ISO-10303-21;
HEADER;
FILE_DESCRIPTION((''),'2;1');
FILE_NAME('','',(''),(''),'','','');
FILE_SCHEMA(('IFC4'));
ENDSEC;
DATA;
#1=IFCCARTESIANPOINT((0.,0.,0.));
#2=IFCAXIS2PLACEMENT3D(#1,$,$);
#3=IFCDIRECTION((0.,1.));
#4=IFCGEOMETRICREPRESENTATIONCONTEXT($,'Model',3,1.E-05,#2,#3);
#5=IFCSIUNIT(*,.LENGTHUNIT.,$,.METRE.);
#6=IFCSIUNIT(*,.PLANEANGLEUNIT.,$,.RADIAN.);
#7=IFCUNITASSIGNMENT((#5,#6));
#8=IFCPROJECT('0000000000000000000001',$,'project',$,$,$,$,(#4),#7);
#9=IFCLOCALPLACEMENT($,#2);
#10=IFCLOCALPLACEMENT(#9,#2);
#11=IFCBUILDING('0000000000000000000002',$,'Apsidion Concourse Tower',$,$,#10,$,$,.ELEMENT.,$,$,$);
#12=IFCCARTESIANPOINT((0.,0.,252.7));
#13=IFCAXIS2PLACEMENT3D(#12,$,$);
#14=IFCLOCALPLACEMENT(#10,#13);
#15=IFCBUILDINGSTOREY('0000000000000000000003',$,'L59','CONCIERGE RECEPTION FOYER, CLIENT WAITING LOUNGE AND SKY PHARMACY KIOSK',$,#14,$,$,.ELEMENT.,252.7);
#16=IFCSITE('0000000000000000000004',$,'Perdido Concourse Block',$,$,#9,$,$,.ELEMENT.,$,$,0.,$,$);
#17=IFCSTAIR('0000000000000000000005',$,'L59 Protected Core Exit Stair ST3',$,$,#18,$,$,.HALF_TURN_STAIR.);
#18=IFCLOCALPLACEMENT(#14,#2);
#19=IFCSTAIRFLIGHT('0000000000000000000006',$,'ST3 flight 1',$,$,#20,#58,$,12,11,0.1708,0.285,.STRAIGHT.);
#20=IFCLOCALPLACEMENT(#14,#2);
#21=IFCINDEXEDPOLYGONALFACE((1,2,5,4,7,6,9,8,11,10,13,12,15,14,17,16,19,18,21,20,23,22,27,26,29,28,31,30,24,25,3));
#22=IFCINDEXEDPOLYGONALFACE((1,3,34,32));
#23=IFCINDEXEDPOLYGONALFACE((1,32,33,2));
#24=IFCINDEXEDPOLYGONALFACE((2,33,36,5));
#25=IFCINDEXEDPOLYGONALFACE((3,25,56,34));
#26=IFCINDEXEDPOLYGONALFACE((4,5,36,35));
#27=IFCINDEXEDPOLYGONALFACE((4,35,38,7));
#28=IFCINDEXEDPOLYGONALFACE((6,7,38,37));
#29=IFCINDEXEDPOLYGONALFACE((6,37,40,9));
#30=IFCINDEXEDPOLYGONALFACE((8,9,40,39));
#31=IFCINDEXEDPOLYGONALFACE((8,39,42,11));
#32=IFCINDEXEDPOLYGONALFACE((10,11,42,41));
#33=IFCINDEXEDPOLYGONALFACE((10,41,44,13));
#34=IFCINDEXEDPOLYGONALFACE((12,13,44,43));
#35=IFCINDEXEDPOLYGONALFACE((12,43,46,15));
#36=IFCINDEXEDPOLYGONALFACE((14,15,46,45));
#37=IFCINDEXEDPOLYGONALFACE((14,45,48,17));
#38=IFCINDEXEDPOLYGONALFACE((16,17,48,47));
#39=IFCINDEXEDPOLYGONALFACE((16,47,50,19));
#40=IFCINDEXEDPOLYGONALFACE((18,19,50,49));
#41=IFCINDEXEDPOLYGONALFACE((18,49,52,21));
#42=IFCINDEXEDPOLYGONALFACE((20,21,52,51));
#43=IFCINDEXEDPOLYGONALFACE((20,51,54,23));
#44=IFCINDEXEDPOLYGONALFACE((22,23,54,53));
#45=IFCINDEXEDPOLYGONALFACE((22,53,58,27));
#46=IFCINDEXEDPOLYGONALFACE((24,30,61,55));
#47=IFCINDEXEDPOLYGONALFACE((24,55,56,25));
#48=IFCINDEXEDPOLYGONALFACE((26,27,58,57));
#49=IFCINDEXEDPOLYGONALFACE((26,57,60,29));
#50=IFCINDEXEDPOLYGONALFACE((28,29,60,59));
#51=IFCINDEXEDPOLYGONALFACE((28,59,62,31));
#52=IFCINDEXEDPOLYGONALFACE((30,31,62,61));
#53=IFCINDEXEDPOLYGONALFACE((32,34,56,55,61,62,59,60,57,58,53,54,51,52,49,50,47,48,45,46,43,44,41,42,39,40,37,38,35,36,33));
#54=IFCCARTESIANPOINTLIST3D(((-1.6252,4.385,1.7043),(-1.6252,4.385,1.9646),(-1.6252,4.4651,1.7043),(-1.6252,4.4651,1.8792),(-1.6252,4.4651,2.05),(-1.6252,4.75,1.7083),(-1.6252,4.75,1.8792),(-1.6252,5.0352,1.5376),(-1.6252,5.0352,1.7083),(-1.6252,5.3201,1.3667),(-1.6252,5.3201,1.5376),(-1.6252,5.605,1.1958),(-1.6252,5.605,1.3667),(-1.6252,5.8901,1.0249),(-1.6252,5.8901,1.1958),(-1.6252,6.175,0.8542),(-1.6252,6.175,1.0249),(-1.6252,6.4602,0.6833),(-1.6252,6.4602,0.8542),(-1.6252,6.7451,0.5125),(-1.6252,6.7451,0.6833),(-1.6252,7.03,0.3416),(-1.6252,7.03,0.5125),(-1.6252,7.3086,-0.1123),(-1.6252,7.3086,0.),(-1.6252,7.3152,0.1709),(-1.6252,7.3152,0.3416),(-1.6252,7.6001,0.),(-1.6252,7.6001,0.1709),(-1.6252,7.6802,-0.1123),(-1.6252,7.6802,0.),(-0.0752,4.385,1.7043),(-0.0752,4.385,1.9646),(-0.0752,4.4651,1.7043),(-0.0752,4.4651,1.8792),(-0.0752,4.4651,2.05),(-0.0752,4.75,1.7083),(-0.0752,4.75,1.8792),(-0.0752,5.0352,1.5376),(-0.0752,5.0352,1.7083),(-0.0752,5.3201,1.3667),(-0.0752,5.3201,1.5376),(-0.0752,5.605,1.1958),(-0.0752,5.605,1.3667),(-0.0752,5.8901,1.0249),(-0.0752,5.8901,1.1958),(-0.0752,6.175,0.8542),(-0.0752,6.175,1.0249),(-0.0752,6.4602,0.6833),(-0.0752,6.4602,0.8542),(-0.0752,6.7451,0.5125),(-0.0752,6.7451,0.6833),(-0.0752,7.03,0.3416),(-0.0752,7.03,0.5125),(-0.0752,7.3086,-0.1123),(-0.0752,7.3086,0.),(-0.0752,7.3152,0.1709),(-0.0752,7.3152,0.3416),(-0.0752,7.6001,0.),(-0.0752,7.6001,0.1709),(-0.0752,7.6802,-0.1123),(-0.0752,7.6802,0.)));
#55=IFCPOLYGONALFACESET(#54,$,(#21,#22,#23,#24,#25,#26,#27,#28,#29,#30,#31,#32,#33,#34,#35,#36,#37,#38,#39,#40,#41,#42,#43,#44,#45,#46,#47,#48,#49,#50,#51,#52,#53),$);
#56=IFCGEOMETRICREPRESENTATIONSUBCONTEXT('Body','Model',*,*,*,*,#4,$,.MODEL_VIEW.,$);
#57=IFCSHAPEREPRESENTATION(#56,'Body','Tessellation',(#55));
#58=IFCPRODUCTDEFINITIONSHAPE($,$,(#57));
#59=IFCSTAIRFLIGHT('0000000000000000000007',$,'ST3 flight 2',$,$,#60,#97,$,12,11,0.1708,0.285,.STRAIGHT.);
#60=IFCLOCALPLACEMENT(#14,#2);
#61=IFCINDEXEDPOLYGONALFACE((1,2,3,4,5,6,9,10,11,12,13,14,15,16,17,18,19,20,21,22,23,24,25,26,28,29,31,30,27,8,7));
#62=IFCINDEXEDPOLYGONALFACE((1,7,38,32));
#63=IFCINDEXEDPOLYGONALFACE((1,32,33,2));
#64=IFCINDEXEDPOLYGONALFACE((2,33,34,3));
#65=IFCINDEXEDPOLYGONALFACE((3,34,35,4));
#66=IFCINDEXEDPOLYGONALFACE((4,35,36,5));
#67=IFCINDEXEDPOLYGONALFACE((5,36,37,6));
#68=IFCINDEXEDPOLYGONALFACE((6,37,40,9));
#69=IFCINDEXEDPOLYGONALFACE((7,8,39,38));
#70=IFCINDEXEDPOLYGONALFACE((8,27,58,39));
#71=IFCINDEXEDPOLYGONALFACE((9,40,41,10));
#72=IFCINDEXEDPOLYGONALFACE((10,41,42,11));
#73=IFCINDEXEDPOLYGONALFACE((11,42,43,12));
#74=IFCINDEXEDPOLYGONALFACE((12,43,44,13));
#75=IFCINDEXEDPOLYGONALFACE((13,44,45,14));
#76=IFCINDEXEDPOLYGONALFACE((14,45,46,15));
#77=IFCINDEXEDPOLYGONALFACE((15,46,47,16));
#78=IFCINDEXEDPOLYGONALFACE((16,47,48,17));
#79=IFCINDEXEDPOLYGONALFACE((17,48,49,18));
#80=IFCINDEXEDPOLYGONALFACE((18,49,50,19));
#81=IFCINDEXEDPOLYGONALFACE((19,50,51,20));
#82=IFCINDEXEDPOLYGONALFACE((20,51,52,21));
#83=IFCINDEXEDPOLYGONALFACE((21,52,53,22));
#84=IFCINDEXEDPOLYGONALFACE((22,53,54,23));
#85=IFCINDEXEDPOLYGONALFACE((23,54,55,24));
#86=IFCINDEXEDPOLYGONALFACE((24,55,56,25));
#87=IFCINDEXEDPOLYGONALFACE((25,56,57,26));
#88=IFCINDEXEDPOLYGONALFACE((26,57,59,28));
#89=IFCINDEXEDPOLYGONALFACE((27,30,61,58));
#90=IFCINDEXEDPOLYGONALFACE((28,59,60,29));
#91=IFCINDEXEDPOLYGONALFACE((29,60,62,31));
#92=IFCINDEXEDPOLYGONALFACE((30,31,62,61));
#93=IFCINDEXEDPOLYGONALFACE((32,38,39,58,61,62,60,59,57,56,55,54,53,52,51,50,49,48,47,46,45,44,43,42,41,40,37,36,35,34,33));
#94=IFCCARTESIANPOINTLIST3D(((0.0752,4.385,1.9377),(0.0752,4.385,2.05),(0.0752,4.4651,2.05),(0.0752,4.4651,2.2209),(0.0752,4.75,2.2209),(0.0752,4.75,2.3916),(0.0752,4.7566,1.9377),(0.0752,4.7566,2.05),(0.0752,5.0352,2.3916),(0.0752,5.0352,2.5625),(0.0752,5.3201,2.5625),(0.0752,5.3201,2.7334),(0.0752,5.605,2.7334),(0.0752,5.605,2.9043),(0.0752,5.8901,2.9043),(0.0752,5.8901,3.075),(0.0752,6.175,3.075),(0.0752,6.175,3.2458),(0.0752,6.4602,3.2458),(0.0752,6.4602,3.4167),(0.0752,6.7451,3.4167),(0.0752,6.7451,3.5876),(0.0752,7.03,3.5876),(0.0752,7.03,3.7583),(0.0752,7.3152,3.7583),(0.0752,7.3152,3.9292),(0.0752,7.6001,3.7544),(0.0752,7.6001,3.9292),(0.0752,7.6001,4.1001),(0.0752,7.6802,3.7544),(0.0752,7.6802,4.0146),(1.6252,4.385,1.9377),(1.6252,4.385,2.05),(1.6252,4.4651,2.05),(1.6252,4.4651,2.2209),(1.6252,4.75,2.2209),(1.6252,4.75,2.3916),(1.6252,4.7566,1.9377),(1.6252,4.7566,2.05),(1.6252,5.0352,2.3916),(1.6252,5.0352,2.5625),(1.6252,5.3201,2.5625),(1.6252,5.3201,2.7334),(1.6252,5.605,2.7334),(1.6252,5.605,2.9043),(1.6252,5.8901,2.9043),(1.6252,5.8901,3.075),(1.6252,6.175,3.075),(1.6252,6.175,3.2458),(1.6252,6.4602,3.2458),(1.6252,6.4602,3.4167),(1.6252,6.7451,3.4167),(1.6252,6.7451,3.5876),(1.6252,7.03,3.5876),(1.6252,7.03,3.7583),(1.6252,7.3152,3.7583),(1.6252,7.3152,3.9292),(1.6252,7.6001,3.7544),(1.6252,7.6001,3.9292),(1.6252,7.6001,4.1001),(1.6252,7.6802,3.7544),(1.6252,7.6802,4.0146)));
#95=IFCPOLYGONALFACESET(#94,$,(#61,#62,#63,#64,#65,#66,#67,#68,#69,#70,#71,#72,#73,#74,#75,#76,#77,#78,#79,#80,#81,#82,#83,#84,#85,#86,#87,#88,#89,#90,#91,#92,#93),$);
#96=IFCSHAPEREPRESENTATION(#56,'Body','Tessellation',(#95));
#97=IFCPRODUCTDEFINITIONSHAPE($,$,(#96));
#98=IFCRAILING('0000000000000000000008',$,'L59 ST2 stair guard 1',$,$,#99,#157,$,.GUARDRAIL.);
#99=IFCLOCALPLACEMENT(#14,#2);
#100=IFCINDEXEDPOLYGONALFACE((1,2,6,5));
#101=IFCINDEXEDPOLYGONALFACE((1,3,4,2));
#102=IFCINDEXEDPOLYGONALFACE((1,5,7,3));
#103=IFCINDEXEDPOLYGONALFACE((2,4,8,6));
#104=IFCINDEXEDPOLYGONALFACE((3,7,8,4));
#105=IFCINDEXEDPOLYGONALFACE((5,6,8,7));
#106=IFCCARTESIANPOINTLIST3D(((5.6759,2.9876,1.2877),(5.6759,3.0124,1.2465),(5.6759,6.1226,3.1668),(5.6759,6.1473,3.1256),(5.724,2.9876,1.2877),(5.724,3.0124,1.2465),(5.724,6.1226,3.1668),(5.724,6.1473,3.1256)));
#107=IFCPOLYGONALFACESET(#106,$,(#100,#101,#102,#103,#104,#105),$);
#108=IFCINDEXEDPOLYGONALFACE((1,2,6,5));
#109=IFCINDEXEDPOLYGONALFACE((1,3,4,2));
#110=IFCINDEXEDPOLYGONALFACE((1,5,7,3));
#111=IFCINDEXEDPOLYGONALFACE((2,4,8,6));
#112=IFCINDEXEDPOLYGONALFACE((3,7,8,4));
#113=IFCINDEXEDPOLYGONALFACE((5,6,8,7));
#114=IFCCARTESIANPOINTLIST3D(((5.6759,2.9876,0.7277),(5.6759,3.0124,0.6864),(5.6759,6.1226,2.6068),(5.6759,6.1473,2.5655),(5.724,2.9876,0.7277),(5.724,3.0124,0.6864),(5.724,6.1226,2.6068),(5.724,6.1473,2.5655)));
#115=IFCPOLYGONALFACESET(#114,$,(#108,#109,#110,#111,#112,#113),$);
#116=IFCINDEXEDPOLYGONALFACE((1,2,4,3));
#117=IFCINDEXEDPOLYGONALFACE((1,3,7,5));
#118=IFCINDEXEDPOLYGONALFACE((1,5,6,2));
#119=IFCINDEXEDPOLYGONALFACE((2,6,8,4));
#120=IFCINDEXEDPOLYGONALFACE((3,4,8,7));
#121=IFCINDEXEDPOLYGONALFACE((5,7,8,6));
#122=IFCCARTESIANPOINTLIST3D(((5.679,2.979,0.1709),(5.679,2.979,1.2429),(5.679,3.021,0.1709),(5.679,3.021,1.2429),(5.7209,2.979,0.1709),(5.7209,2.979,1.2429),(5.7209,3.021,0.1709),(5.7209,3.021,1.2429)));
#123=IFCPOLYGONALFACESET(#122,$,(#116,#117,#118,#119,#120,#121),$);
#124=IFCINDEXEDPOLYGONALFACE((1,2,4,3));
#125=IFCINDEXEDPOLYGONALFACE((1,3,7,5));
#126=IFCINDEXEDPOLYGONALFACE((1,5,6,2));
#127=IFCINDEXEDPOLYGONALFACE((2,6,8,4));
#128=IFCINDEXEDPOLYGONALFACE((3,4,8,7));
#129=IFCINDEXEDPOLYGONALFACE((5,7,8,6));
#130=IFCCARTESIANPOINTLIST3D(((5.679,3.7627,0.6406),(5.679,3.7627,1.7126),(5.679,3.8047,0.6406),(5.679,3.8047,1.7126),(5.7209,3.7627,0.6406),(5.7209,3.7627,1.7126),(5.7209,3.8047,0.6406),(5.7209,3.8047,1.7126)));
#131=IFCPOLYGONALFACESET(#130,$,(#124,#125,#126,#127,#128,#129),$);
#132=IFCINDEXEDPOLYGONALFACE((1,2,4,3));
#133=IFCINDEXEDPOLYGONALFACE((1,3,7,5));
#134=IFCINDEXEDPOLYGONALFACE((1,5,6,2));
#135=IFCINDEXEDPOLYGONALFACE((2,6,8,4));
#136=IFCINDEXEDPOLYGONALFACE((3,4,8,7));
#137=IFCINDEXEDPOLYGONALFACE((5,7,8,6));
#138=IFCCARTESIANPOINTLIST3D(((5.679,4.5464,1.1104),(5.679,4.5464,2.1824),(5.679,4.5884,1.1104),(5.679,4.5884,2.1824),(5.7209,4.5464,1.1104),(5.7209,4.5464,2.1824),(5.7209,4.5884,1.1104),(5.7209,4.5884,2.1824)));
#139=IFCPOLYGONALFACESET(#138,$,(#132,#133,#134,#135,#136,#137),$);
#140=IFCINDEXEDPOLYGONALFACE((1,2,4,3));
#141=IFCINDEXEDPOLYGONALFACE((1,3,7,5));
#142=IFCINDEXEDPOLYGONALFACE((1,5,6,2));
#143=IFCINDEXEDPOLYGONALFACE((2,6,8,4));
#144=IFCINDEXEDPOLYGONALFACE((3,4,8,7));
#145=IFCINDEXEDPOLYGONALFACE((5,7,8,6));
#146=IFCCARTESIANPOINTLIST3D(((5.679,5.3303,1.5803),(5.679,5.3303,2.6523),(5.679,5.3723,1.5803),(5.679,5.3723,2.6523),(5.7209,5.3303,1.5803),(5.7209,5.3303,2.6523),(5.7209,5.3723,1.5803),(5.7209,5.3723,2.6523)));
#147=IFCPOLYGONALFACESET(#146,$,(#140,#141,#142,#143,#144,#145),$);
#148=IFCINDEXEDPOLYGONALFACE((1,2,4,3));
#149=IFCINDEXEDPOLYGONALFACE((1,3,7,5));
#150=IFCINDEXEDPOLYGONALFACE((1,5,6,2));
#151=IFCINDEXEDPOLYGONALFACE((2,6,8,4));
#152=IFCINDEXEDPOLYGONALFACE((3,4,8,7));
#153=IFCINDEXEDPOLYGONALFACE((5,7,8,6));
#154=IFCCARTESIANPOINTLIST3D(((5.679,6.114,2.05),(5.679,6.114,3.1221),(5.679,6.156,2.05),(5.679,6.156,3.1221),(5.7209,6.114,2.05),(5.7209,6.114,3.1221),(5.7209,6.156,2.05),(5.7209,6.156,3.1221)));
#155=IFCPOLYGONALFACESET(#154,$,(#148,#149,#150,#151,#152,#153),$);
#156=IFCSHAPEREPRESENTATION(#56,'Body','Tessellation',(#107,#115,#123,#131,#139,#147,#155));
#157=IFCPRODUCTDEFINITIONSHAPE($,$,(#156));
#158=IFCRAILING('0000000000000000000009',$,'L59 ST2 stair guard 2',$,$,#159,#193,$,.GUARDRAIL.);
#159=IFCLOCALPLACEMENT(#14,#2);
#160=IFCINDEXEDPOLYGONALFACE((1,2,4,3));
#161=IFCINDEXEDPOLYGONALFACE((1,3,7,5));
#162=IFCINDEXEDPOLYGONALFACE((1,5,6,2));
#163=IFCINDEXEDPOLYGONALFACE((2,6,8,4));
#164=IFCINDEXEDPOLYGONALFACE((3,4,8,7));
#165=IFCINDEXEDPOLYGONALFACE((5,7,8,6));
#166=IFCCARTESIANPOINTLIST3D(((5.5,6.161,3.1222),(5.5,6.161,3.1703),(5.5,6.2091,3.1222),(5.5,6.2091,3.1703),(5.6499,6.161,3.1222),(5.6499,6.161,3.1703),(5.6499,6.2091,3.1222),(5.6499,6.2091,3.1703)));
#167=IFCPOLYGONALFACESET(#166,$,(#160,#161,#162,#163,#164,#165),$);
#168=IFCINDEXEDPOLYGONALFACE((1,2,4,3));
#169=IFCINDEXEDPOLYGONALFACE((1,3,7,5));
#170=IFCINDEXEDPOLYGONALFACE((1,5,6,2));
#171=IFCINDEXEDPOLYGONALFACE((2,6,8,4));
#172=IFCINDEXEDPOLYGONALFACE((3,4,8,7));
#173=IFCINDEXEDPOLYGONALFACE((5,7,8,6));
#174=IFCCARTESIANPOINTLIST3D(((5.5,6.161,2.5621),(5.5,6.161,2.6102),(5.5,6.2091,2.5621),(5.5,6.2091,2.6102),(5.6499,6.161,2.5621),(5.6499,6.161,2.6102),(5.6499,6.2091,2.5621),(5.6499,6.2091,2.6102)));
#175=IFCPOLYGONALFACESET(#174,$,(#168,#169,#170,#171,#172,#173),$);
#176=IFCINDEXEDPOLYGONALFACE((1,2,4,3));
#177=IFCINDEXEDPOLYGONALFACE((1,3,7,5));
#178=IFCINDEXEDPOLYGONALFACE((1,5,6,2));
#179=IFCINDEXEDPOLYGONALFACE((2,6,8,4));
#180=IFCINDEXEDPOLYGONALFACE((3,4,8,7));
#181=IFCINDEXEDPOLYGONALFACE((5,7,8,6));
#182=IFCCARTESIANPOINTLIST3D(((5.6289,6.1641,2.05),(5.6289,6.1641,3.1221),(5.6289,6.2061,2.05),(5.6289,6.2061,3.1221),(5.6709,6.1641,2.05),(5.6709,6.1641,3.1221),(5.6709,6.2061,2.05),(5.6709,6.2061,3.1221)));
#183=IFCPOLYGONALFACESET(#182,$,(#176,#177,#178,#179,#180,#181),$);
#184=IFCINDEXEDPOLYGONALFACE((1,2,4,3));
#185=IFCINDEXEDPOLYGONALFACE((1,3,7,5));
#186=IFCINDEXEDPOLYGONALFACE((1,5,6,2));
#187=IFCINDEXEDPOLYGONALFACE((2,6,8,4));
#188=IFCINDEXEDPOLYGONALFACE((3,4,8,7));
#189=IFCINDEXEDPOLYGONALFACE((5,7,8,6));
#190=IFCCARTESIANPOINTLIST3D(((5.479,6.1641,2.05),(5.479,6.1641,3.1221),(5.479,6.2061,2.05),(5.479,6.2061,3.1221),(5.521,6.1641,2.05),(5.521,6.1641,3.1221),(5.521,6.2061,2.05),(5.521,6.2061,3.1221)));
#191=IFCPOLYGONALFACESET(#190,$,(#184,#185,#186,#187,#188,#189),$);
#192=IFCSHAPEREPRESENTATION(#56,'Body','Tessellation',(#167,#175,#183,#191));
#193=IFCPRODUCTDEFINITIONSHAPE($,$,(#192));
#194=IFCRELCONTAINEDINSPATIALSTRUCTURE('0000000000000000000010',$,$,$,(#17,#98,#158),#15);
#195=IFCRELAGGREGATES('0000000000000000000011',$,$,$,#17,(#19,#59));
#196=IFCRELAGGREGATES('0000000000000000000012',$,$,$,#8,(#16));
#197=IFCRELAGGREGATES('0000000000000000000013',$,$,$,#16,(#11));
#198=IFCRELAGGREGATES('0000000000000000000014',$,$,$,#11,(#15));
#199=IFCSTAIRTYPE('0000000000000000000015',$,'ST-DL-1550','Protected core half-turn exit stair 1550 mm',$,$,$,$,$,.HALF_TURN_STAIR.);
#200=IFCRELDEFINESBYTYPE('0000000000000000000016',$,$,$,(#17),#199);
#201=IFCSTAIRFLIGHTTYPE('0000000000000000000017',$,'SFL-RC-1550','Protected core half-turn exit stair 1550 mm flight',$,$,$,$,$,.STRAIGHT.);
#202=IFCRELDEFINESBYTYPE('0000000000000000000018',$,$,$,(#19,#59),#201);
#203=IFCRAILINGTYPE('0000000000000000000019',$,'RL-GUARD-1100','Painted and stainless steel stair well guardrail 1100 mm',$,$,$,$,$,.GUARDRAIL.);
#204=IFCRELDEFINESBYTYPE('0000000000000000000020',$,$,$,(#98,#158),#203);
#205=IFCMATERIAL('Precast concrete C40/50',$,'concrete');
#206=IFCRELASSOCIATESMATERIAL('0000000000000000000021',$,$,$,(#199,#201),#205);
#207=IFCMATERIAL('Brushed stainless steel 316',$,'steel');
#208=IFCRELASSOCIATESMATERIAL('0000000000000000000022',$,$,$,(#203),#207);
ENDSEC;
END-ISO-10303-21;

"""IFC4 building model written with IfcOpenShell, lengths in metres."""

from ifc_helpers import new_model, si_unit, direction, frame, origin, origin_2d, place, context, subcontext, project, spatial, polyline, rectangle, outline, extrude, material, type_object, element, aggregate, save


model = new_model("IFC4")

# Units and contexts
model_context = context("Model", 3, precision=1e-05, world=origin(), true_north=direction((0.0, 1.0)))
body_context = subcontext(model_context, "Body", "Model", "MODEL_VIEW")
ifc_project = project(units=[si_unit("LENGTHUNIT", "METRE"), si_unit("PLANEANGLEUNIT", "RADIAN")], contexts=[model_context])

# Site, building, storey
site_placement = place(None, origin())
site = spatial("IfcSite", under=ifc_project, at=site_placement, Name="Perdido Concourse Block", CompositionType="ELEMENT", RefElevation=0.0)
building_placement = place(site_placement, origin())
building = spatial("IfcBuilding", under=site, at=building_placement, Name="Apsidion Concourse Tower", CompositionType="ELEMENT")
storey_placement = place(building_placement, frame((0.0, 0.0, 252.7)))
storey = spatial("IfcBuildingStorey", under=building, at=storey_placement, Name="L59", Description="CONCIERGE RECEPTION FOYER, CLIENT WAITING LOUNGE AND SKY PHARMACY KIOSK", CompositionType="ELEMENT", Elevation=252.7)

# Shared definitions
ifc_material_1 = material(Name="Precast concrete C40/50", Category="concrete")
stair_type = type_object("IfcStairType", Name="ST-DL-1550", Description="Protected core half-turn exit stair 1550 mm", PredefinedType="HALF_TURN_STAIR", material=ifc_material_1)
stair_flight_type = type_object("IfcStairFlightType", Name="SFL-RC-1550", Description="Protected core half-turn exit stair 1550 mm flight", PredefinedType="STRAIGHT", material=ifc_material_1)

# Stair, stair flights
stair_1_placement = place(storey_placement, origin())
stair_1 = element("IfcStair", 1, at=stair_1_placement, inside=storey, type_object=stair_type, Name="L59 Protected Core Exit Stair ST3", PredefinedType="HALF_TURN_STAIR")
stair_flight_1_placement = place(storey_placement, frame((-0.8501, 7.6001, 0.0), z_axis=(0.0, 0.0, 1.0), x_axis=(0.0, -1.0, 0.0)))
stair_flight_1 = element("IfcStairFlight", 2, at=stair_flight_1_placement, type_object=stair_flight_type, Name="ST3 flight 1", NumberOfRisers=12, NumberOfTreads=11, PredefinedType="STRAIGHT", RiserHeight=0.1708, TreadLength=0.285, context=body_context, shape_type="SweptSolid", body=[
    extrude(outline(polyline([(-0.0801, -0.1123), (-0.0801, 0.0), (0.0, 0.0), (0.0, 0.1709), (0.2849, 0.1709), (0.2849, 0.3416), (0.5701, 0.3416), (0.5701, 0.5125), (0.855, 0.5125), (0.855, 0.6833), (1.1399, 0.6833), (1.1399, 0.8542), (1.425, 0.8542), (1.425, 1.0249), (1.71, 1.0249), (1.71, 1.1958), (1.9951, 1.1958), (1.9951, 1.3667), (2.28, 1.3667), (2.28, 1.5376), (2.5649, 1.5376), (2.5649, 1.7083), (2.8501, 1.7083), (2.8501, 1.8792), (3.135, 1.8792), (3.135, 2.05), (3.2151, 1.9646), (3.2151, 1.7043), (3.135, 1.7043), (0.2915, 0.0), (0.2915, -0.1123), (-0.0801, -0.1123)])), frame((0.0, 0.7749, 0.0), z_axis=(0.0, -1.0, 0.0), x_axis=(1.0, 0.0, 0.0)), (0.0, 0.0, 1.0), 1.55),
])
stair_flight_2_placement = place(storey_placement, frame((0.8501, 4.4651, 2.05), z_axis=(0.0, 0.0, 1.0), x_axis=(0.0, 1.0, 0.0)))
stair_flight_2 = element("IfcStairFlight", 3, at=stair_flight_2_placement, type_object=stair_flight_type, Name="ST3 flight 2", NumberOfRisers=12, NumberOfTreads=11, PredefinedType="STRAIGHT", RiserHeight=0.1708, TreadLength=0.285, context=body_context, shape_type="SweptSolid", body=[
    extrude(outline(polyline([(-0.0801, -0.1123), (-0.0801, 0.0), (0.0, 0.0), (0.0, 0.1709), (0.2849, 0.1709), (0.2849, 0.3416), (0.5701, 0.3416), (0.5701, 0.5125), (0.855, 0.5125), (0.855, 0.6833), (1.1399, 0.6833), (1.1399, 0.8542), (1.425, 0.8542), (1.425, 1.0249), (1.71, 1.0249), (1.71, 1.1958), (1.9951, 1.1958), (1.9951, 1.3667), (2.28, 1.3667), (2.28, 1.5376), (2.5649, 1.5376), (2.5649, 1.7083), (2.8501, 1.7083), (2.8501, 1.8792), (3.135, 1.8792), (3.135, 2.05), (3.2151, 1.9646), (3.2151, 1.7043), (3.135, 1.7043), (0.2915, 0.0), (0.2915, -0.1123), (-0.0801, -0.1123)])), frame((0.0, 0.7749, 0.0), z_axis=(0.0, -1.0, 0.0), x_axis=(1.0, 0.0, 0.0)), (0.0, 0.0, 1.0), 1.55),
])
aggregate(stair_1, [stair_flight_1, stair_flight_2])

# Railings
ifc_material_2 = material(Name="Brushed stainless steel 316", Category="steel")
railing_type_1 = type_object("IfcRailingType", Name="RL-GUARD-1100", Description="Painted and stainless steel stair well guardrail 1100 mm", PredefinedType="GUARDRAIL", material=ifc_material_2)
railing_1_placement = place(storey_placement, frame((5.7, 3.0, 0.1709)))
element("IfcRailing", 4, at=railing_1_placement, inside=storey, type_object=railing_type_1, Name="L59 ST2 stair guard 1", PredefinedType="GUARDRAIL", context=body_context, shape_type="SweptSolid", body=[
    extrude(rectangle(XDim=0.0481, YDim=0.0481, at=origin_2d()), frame((0.0, 0.0, 1.0962), z_axis=(0.0, 0.857717, 0.514122), x_axis=(-1.0, 0.0, 0.0)), (0.0, 0.0, 1.0), 3.655),
    extrude(rectangle(XDim=0.0481, YDim=0.0481, at=origin_2d()), frame((0.0, 0.0, 0.5361), z_axis=(0.0, 0.857717, 0.514122), x_axis=(-1.0, 0.0, 0.0)), (0.0, 0.0, 1.0), 3.655),
    extrude(rectangle(XDim=0.042, YDim=0.042, at=origin_2d()), origin(), (0.0, 0.0, 1.0), 1.072),
    extrude(rectangle(XDim=0.042, YDim=0.042, at=origin_2d()), frame((0.0, 0.7837, 0.4697)), (0.0, 0.0, 1.0), 1.072),
    extrude(rectangle(XDim=0.042, YDim=0.042, at=origin_2d()), frame((0.0, 1.5674, 0.9395)), (0.0, 0.0, 1.0), 1.072),
    extrude(rectangle(XDim=0.042, YDim=0.042, at=origin_2d()), frame((0.0, 2.3513, 1.4094)), (0.0, 0.0, 1.0), 1.072),
    extrude(rectangle(XDim=0.042, YDim=0.042, at=origin_2d()), frame((0.0, 3.135, 1.8792)), (0.0, 0.0, 1.0), 1.072),
])
railing_2_placement = place(storey_placement, frame((5.6499, 6.1851, 2.05)))
element("IfcRailing", 5, at=railing_2_placement, inside=storey, type_object=railing_type_1, Name="L59 ST2 stair guard 2", PredefinedType="GUARDRAIL", context=body_context, shape_type="SweptSolid", body=[
    extrude(rectangle(XDim=0.0481, YDim=0.0481, at=origin_2d()), frame((0.0, 0.0, 1.0962), z_axis=(-1.0, 0.0, 0.0), x_axis=(0.0, -1.0, 0.0)), (0.0, 0.0, 1.0), 0.1499),
    extrude(rectangle(XDim=0.0481, YDim=0.0481, at=origin_2d()), frame((0.0, 0.0, 0.5361), z_axis=(-1.0, 0.0, 0.0), x_axis=(0.0, -1.0, 0.0)), (0.0, 0.0, 1.0), 0.1499),
    extrude(rectangle(XDim=0.042, YDim=0.042, at=origin_2d()), origin(), (0.0, 0.0, 1.0), 1.072),
    extrude(rectangle(XDim=0.042, YDim=0.042, at=origin_2d()), frame((-0.1499, 0.0, 0.0)), (0.0, 0.0, 1.0), 1.072),
])

save(model, "model.ifc")
